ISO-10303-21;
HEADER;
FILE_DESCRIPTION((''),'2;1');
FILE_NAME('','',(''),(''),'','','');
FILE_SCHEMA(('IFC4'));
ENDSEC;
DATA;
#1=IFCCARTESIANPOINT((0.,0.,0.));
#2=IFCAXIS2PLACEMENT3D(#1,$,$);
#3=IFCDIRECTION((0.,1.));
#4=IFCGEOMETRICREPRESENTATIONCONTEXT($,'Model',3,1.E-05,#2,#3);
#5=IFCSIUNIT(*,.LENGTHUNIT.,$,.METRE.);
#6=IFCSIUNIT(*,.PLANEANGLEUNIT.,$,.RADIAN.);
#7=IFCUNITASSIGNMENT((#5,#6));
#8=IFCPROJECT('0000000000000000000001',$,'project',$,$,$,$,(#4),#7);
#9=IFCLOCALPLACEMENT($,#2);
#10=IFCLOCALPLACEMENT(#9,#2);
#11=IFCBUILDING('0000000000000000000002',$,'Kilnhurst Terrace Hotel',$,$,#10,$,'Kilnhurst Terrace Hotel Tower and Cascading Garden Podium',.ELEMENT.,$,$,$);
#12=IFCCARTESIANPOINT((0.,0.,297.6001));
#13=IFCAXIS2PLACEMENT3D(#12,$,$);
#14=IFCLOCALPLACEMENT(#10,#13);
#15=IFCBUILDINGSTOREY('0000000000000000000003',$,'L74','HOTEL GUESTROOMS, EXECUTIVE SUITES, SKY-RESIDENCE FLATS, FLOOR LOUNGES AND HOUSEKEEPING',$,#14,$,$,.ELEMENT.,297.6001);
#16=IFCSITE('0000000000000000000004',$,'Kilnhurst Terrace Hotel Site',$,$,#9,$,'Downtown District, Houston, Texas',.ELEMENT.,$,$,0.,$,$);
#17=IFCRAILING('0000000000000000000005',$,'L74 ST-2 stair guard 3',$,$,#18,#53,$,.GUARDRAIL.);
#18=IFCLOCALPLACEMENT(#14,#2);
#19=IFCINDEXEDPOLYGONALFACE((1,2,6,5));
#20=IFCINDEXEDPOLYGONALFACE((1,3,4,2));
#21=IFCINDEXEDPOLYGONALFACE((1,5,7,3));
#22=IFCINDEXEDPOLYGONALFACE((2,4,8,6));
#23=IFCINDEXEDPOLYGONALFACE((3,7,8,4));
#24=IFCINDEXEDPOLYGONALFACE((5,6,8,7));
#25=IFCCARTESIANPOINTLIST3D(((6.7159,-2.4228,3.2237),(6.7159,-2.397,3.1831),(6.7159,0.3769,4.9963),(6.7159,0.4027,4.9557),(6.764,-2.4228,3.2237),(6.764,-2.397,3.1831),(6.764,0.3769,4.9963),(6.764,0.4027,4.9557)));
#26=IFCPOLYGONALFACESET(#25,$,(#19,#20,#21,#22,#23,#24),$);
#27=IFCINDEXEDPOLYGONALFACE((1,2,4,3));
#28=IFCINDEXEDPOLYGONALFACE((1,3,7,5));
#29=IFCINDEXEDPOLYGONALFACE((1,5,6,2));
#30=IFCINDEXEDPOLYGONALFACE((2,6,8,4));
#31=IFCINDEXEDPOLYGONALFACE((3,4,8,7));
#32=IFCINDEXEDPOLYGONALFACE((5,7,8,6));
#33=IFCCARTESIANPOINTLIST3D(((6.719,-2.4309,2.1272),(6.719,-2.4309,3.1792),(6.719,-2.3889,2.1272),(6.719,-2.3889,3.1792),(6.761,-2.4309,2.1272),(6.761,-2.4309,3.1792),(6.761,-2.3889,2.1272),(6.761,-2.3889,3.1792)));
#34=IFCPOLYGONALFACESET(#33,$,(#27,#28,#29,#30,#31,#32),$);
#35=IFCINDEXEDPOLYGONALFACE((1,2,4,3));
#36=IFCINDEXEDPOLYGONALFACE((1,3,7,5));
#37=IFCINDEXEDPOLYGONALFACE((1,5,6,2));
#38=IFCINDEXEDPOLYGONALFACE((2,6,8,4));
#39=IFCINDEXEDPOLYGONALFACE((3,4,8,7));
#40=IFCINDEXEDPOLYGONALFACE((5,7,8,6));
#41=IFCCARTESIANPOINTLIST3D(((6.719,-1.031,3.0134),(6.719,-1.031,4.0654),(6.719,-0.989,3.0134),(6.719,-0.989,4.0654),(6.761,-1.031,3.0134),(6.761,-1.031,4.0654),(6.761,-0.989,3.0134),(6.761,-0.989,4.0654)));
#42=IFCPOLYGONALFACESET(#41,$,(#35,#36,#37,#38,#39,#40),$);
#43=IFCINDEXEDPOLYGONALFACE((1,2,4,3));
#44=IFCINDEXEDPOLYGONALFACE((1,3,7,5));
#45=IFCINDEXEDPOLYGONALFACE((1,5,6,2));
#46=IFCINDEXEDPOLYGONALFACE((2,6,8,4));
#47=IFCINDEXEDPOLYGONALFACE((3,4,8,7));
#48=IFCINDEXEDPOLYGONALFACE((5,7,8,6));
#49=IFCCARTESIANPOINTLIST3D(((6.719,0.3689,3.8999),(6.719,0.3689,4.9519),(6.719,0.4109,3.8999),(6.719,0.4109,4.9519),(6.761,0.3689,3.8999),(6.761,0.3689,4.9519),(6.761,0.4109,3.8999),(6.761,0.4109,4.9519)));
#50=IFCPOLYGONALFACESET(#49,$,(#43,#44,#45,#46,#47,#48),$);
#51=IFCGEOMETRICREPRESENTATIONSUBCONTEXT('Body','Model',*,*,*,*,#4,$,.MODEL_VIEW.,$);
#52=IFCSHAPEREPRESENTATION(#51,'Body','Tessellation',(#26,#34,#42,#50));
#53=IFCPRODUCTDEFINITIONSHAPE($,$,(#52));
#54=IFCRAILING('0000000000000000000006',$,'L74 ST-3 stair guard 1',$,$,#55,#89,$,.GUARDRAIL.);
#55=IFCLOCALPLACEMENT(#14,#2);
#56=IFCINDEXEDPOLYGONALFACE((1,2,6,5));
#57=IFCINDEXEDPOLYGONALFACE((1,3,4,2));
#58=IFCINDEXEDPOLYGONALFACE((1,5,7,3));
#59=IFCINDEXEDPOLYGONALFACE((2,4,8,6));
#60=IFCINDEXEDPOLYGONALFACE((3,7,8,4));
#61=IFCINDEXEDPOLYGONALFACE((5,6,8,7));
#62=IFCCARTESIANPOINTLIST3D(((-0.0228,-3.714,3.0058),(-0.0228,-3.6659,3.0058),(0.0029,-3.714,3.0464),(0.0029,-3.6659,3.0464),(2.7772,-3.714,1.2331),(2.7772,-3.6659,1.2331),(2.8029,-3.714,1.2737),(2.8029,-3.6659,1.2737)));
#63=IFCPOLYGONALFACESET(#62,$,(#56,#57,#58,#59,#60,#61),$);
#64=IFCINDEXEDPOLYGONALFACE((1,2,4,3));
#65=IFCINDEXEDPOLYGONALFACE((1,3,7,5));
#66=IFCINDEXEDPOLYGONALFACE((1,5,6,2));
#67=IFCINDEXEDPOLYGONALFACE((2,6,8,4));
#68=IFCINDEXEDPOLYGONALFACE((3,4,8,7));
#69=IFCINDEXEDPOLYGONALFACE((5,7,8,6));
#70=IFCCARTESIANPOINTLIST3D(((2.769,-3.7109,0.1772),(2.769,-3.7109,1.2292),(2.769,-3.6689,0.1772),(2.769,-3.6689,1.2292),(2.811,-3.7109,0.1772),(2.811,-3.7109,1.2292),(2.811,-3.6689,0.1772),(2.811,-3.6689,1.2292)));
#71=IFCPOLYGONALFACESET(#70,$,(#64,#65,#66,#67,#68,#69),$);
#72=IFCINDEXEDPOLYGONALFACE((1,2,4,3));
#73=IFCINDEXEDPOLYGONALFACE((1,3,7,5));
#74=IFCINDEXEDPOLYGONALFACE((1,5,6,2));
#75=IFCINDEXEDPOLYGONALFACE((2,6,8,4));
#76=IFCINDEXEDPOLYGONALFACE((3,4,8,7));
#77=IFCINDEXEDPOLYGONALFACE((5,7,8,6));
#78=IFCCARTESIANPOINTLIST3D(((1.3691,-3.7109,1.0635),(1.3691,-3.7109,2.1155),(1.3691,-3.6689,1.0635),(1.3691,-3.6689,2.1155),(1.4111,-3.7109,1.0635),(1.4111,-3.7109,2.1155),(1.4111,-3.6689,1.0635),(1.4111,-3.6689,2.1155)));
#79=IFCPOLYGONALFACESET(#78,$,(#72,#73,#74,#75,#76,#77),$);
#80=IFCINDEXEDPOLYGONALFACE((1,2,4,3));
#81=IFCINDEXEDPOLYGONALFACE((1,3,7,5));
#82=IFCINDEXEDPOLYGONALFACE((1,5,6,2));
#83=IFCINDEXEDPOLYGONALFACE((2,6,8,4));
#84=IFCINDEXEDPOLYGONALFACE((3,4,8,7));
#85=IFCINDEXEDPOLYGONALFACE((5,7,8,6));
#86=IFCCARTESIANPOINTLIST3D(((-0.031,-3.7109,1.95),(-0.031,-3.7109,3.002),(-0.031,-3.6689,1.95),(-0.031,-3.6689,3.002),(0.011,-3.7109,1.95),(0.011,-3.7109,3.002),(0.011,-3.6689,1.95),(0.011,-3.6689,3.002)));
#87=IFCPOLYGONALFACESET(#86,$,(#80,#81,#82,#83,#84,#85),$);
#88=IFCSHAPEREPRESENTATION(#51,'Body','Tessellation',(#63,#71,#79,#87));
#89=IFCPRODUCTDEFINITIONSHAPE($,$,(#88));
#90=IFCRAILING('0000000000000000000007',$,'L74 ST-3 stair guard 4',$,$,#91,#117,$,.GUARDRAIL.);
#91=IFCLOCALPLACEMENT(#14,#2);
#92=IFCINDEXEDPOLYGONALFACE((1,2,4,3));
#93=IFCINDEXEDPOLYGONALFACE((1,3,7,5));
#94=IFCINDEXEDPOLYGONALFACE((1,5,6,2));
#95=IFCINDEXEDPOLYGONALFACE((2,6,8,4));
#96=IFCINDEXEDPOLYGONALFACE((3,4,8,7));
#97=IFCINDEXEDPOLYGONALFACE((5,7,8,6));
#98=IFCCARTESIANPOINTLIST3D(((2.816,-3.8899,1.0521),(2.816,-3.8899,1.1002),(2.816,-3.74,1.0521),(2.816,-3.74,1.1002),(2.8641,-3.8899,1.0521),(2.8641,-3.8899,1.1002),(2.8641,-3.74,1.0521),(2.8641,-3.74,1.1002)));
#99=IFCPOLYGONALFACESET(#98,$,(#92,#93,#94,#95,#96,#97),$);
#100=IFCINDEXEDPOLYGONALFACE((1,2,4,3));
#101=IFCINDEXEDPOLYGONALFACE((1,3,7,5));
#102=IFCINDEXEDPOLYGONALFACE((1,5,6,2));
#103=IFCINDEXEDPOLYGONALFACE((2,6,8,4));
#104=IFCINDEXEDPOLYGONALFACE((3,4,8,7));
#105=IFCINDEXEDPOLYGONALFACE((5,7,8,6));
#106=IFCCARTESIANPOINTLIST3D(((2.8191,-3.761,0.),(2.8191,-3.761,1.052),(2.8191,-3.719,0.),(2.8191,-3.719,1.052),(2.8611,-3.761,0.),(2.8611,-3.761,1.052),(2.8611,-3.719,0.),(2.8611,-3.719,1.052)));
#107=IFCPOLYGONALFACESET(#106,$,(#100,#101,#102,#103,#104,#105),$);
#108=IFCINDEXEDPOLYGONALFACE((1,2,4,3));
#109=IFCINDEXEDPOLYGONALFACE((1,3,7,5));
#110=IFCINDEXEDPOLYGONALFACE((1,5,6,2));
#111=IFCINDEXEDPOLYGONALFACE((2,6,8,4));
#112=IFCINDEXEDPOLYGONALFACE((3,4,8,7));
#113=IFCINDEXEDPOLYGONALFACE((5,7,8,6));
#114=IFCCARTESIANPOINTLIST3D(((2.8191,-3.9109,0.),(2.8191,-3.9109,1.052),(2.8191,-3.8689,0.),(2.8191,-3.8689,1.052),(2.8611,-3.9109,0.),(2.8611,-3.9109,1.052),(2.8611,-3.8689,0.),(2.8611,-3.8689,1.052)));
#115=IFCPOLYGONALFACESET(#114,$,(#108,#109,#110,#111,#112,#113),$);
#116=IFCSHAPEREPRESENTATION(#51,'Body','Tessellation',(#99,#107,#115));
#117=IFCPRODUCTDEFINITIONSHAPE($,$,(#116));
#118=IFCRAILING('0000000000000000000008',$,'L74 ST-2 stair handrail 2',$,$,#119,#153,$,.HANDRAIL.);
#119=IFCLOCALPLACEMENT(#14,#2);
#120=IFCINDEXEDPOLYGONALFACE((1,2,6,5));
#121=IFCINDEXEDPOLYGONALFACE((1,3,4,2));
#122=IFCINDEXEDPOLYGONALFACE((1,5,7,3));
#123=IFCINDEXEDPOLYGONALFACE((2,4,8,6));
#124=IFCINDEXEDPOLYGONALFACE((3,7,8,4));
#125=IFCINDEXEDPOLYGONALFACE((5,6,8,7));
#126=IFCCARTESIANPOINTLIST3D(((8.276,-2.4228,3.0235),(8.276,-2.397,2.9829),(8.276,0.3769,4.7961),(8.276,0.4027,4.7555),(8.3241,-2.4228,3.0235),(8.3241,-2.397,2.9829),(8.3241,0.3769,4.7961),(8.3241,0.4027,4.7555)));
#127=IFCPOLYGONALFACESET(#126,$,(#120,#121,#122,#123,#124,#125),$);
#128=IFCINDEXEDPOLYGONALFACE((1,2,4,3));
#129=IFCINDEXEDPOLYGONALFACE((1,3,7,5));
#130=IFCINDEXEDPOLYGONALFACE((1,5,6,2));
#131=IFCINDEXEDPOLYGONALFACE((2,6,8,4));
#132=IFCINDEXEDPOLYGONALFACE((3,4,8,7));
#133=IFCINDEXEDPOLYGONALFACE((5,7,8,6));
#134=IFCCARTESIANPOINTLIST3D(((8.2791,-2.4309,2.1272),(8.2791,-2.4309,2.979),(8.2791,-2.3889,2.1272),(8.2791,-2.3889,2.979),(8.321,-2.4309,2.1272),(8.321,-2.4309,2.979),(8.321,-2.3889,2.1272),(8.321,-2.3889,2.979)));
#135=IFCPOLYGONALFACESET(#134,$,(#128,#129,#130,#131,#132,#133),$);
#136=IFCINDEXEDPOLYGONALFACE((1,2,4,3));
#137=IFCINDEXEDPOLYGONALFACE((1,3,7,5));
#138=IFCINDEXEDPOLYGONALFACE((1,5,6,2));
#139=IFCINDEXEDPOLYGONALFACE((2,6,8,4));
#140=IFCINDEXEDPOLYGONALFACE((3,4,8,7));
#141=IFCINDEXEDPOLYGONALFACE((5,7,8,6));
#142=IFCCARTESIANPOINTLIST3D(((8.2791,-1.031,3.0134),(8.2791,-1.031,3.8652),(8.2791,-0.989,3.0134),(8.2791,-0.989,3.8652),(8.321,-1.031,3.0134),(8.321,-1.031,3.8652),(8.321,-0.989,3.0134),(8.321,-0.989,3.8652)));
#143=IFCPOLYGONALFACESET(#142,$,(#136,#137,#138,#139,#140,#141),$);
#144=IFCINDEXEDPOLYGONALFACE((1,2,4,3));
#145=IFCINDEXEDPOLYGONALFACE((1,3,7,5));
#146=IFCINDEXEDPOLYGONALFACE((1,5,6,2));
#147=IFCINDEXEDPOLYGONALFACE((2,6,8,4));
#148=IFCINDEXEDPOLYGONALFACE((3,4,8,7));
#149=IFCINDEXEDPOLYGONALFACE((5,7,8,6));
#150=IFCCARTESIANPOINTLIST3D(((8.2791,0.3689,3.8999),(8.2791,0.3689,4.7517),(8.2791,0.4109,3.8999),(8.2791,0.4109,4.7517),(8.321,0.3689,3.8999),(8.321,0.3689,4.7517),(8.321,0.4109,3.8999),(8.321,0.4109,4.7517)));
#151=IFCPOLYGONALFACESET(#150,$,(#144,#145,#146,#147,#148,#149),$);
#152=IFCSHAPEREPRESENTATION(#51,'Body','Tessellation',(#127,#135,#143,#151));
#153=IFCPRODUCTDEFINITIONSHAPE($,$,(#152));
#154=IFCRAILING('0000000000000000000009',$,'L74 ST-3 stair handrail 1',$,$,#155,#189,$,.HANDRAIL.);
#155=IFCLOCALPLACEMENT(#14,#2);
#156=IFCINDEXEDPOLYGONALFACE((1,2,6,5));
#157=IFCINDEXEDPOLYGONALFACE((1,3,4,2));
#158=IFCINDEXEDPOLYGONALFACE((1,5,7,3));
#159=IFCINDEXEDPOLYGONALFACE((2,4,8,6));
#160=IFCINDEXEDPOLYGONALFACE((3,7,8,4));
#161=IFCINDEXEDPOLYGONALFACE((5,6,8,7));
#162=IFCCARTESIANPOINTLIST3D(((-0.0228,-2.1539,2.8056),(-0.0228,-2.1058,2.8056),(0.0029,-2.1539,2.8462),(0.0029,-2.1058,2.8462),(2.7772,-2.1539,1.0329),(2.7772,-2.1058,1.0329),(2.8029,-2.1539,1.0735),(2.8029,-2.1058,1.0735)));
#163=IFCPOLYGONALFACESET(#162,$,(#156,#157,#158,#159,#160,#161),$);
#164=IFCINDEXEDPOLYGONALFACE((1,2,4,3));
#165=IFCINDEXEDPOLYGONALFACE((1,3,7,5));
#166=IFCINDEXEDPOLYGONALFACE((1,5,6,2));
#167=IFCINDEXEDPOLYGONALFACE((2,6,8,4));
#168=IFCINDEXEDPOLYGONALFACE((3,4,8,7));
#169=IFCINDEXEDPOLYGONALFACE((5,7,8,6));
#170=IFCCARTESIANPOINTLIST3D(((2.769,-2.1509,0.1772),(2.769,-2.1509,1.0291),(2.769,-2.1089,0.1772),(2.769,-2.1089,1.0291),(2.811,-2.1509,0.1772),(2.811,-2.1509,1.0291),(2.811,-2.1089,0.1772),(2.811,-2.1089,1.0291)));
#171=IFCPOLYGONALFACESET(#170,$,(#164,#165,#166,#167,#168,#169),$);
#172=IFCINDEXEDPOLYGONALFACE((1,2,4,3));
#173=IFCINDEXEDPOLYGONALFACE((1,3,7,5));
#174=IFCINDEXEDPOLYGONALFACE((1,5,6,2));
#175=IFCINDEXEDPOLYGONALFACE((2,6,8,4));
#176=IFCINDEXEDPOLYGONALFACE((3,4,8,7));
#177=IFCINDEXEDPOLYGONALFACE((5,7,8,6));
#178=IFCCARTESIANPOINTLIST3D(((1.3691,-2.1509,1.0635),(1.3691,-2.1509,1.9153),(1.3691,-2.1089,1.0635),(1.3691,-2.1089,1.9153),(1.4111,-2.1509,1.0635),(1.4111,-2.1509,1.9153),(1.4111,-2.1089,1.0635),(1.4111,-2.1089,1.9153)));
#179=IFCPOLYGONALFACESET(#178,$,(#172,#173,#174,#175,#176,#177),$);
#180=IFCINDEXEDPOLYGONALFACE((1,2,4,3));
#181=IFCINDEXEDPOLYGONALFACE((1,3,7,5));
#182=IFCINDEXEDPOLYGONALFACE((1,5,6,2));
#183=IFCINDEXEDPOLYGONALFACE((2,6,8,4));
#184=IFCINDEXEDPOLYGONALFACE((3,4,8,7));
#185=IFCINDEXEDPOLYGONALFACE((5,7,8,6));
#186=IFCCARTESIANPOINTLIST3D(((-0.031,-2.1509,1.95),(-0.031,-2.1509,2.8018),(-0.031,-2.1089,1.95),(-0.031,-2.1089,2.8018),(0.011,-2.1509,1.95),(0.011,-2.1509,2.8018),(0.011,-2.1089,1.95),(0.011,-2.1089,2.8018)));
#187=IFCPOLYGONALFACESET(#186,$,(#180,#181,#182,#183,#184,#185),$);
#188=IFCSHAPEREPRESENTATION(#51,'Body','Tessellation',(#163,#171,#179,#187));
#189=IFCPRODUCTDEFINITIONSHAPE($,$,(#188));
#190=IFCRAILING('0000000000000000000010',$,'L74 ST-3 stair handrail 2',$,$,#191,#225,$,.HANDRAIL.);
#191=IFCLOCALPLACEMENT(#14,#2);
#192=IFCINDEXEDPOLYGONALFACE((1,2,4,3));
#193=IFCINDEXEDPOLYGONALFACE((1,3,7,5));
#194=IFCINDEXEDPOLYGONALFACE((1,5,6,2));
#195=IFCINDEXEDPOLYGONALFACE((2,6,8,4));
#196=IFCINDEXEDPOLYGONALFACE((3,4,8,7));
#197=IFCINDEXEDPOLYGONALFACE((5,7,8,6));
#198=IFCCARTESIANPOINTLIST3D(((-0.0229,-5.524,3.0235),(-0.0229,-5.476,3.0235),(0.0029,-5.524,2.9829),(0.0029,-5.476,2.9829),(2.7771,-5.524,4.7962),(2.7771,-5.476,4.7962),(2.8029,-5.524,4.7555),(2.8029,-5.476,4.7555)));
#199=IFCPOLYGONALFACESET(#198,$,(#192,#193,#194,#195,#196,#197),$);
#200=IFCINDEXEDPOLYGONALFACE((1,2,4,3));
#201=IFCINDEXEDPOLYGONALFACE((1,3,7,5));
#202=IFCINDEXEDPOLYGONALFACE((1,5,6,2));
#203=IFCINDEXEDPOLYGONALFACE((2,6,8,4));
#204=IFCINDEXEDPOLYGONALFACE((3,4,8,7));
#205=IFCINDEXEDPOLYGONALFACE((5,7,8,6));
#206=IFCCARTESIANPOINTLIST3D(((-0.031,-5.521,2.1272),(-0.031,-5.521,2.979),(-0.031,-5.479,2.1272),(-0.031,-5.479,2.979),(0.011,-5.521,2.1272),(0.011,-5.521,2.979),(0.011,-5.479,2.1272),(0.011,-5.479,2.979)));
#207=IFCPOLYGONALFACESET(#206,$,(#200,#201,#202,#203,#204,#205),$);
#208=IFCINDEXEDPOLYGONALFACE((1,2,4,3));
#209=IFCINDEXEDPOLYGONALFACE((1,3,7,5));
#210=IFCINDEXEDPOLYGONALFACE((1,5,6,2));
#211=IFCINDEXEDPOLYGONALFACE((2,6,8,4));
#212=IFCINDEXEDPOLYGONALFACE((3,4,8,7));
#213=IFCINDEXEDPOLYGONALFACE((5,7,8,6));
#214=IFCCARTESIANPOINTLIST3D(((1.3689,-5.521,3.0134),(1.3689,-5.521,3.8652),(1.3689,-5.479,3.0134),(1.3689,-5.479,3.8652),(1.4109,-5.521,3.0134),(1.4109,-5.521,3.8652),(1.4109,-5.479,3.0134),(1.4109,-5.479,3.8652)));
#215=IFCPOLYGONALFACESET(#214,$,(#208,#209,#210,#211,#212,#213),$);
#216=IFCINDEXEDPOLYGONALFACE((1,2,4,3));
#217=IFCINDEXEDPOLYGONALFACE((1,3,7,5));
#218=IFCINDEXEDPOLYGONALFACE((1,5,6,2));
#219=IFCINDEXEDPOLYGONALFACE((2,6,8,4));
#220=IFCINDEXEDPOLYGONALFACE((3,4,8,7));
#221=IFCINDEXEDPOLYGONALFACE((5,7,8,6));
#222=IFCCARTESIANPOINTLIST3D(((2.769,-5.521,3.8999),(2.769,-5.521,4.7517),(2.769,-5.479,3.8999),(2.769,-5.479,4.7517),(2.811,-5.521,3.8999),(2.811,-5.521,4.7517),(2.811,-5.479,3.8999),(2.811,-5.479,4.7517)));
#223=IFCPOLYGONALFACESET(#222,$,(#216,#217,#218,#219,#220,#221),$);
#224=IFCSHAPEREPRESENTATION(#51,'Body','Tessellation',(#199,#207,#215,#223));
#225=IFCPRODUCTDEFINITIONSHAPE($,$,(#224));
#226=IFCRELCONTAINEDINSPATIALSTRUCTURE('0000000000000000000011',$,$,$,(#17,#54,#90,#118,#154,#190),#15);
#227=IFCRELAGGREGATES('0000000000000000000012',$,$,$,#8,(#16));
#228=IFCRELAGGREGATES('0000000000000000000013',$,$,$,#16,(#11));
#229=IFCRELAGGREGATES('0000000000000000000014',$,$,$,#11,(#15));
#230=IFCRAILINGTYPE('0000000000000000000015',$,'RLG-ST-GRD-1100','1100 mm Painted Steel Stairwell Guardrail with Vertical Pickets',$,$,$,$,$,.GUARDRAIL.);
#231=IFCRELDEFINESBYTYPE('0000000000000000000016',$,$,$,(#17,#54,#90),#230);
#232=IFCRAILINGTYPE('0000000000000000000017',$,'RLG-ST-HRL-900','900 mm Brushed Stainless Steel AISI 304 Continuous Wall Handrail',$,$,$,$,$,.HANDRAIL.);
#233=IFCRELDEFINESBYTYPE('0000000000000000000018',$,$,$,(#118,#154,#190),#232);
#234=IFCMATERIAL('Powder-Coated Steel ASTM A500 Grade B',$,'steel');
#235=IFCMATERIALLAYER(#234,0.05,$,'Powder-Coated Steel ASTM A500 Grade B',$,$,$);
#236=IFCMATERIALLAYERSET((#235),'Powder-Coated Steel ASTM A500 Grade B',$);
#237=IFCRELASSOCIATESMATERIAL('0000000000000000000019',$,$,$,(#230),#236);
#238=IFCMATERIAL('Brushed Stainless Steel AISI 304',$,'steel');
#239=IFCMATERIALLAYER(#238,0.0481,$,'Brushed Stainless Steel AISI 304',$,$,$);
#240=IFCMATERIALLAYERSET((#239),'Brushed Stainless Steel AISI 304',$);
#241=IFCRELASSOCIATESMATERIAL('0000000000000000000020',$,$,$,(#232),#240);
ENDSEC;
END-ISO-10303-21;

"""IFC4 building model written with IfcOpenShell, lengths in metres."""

from ifc_helpers import new_model, si_unit, direction, frame, origin, origin_2d, place, context, subcontext, project, spatial, rectangle, extrude, material, layer, layer_set, type_object, element, save


model = new_model("IFC4")

# Units and contexts
model_context = context("Model", 3, precision=1e-05, world=origin(), true_north=direction((0.0, 1.0)))
body_context = subcontext(model_context, "Body", "Model", "MODEL_VIEW")
ifc_project = project(units=[si_unit("LENGTHUNIT", "METRE"), si_unit("PLANEANGLEUNIT", "RADIAN")], contexts=[model_context])

# Site, building, storey
site_placement = place(None, origin())
site = spatial("IfcSite", under=ifc_project, at=site_placement, Name="Kilnhurst Terrace Hotel Site", LongName="Downtown District, Houston, Texas", CompositionType="ELEMENT", RefElevation=0.0)
building_placement = place(site_placement, origin())
building = spatial("IfcBuilding", under=site, at=building_placement, Name="Kilnhurst Terrace Hotel", LongName="Kilnhurst Terrace Hotel Tower and Cascading Garden Podium", CompositionType="ELEMENT")
storey_placement = place(building_placement, frame((0.0, 0.0, 297.6001)))
storey = spatial("IfcBuildingStorey", under=building, at=storey_placement, Name="L74", Description="HOTEL GUESTROOMS, EXECUTIVE SUITES, SKY-RESIDENCE FLATS, FLOOR LOUNGES AND HOUSEKEEPING", CompositionType="ELEMENT", Elevation=297.6001)

# Railings
ifc_material_1 = material(Name="Powder-Coated Steel ASTM A500 Grade B", Category="steel")
ifc_layer_1 = layer(ifc_material_1, 0.05, Name="Powder-Coated Steel ASTM A500 Grade B")
ifc_layer_set_1 = layer_set([ifc_layer_1], Name="Powder-Coated Steel ASTM A500 Grade B")
railing_type_1 = type_object("IfcRailingType", Name="RLG-ST-GRD-1100", Description="1100 mm Painted Steel Stairwell Guardrail with Vertical Pickets", PredefinedType="GUARDRAIL", material=ifc_layer_set_1)
railing_1_placement = place(storey_placement, frame((6.74, -2.4099, 2.1272)))
element("IfcRailing", 1, at=railing_1_placement, inside=storey, type_object=railing_type_1, Name="L74 ST-2 stair guard 3", PredefinedType="GUARDRAIL", context=body_context, shape_type="SweptSolid", body=[
    extrude(rectangle(XDim=0.0481, YDim=0.0481, at=origin_2d()), frame((0.0, 0.0, 1.0762), z_axis=(0.0, 0.844888, 0.534943), x_axis=(-1.0, 0.0, 0.0)), (0.0, 0.0, 1.0), 3.3137),
    extrude(rectangle(XDim=0.042, YDim=0.042, at=origin_2d()), origin(), (0.0, 0.0, 1.0), 1.052),
    extrude(rectangle(XDim=0.042, YDim=0.042, at=origin_2d()), frame((0.0, 1.3999, 0.8862)), (0.0, 0.0, 1.0), 1.052),
    extrude(rectangle(XDim=0.042, YDim=0.042, at=origin_2d()), frame((0.0, 2.7998, 1.7727)), (0.0, 0.0, 1.0), 1.052),
])
railing_2_placement = place(storey_placement, frame((2.79, -3.6899, 0.1772)))
element("IfcRailing", 2, at=railing_2_placement, inside=storey, type_object=railing_type_1, Name="L74 ST-3 stair guard 1", PredefinedType="GUARDRAIL", context=body_context, shape_type="SweptSolid", body=[
    extrude(rectangle(XDim=0.0481, YDim=0.0481, at=origin_2d()), frame((0.0, 0.0, 1.0762), z_axis=(-0.844909, 0.0, 0.53491), x_axis=(0.0, -1.0, 0.0)), (0.0, 0.0, 1.0), 3.314),
    extrude(rectangle(XDim=0.042, YDim=0.042, at=origin_2d()), origin(), (0.0, 0.0, 1.0), 1.052),
    extrude(rectangle(XDim=0.042, YDim=0.042, at=origin_2d()), frame((-1.3999, 0.0, 0.8862)), (0.0, 0.0, 1.0), 1.052),
    extrude(rectangle(XDim=0.042, YDim=0.042, at=origin_2d()), frame((-2.8, 0.0, 1.7727)), (0.0, 0.0, 1.0), 1.052),
])
railing_3_placement = place(storey_placement, frame((2.8401, -3.74, 0.0)))
element("IfcRailing", 3, at=railing_3_placement, inside=storey, type_object=railing_type_1, Name="L74 ST-3 stair guard 4", PredefinedType="GUARDRAIL", context=body_context, shape_type="SweptSolid", body=[
    extrude(rectangle(XDim=0.0481, YDim=0.0481, at=origin_2d()), frame((0.0, 0.0, 1.0762), z_axis=(0.0, -1.0, 0.0), x_axis=(1.0, 0.0, 0.0)), (0.0, 0.0, 1.0), 0.1499),
    extrude(rectangle(XDim=0.042, YDim=0.042, at=origin_2d()), origin(), (0.0, 0.0, 1.0), 1.052),
    extrude(rectangle(XDim=0.042, YDim=0.042, at=origin_2d()), frame((0.0, -0.1499, 0.0)), (0.0, 0.0, 1.0), 1.052),
])
ifc_material_2 = material(Name="Brushed Stainless Steel AISI 304", Category="steel")
ifc_layer_2 = layer(ifc_material_2, 0.0481, Name="Brushed Stainless Steel AISI 304")
ifc_layer_set_2 = layer_set([ifc_layer_2], Name="Brushed Stainless Steel AISI 304")
railing_type_2 = type_object("IfcRailingType", Name="RLG-ST-HRL-900", Description="900 mm Brushed Stainless Steel AISI 304 Continuous Wall Handrail", PredefinedType="HANDRAIL", material=ifc_layer_set_2)
railing_4_placement = place(storey_placement, frame((8.3, -2.4099, 2.1272)))
element("IfcRailing", 4, at=railing_4_placement, inside=storey, type_object=railing_type_2, Name="L74 ST-2 stair handrail 2", PredefinedType="HANDRAIL", context=body_context, shape_type="SweptSolid", body=[
    extrude(rectangle(XDim=0.0481, YDim=0.0481, at=origin_2d()), frame((0.0, 0.0, 0.876), z_axis=(0.0, 0.844888, 0.534943), x_axis=(-1.0, 0.0, 0.0)), (0.0, 0.0, 1.0), 3.3137),
    extrude(rectangle(XDim=0.042, YDim=0.042, at=origin_2d()), origin(), (0.0, 0.0, 1.0), 0.8518),
    extrude(rectangle(XDim=0.042, YDim=0.042, at=origin_2d()), frame((0.0, 1.3999, 0.8862)), (0.0, 0.0, 1.0), 0.8518),
    extrude(rectangle(XDim=0.042, YDim=0.042, at=origin_2d()), frame((0.0, 2.7998, 1.7727)), (0.0, 0.0, 1.0), 0.8518),
])
railing_5_placement = place(storey_placement, frame((2.79, -2.1299, 0.1772)))
element("IfcRailing", 5, at=railing_5_placement, inside=storey, type_object=railing_type_2, Name="L74 ST-3 stair handrail 1", PredefinedType="HANDRAIL", context=body_context, shape_type="SweptSolid", body=[
    extrude(rectangle(XDim=0.0481, YDim=0.0481, at=origin_2d()), frame((0.0, 0.0, 0.876), z_axis=(-0.844909, 0.0, 0.53491), x_axis=(0.0, -1.0, 0.0)), (0.0, 0.0, 1.0), 3.314),
    extrude(rectangle(XDim=0.042, YDim=0.042, at=origin_2d()), origin(), (0.0, 0.0, 1.0), 0.8518),
    extrude(rectangle(XDim=0.042, YDim=0.042, at=origin_2d()), frame((-1.3999, 0.0, 0.8862)), (0.0, 0.0, 1.0), 0.8518),
    extrude(rectangle(XDim=0.042, YDim=0.042, at=origin_2d()), frame((-2.8, 0.0, 1.7727)), (0.0, 0.0, 1.0), 0.8518),
])
railing_6_placement = place(storey_placement, frame((-0.01, -5.5, 2.1272)))
element("IfcRailing", 6, at=railing_6_placement, inside=storey, type_object=railing_type_2, Name="L74 ST-3 stair handrail 2", PredefinedType="HANDRAIL", context=body_context, shape_type="SweptSolid", body=[
    extrude(rectangle(XDim=0.0481, YDim=0.0481, at=origin_2d()), frame((0.0, 0.0, 0.876), z_axis=(0.844909, 0.0, 0.53491), x_axis=(0.0, 1.0, 0.0)), (0.0, 0.0, 1.0), 3.314),
    extrude(rectangle(XDim=0.042, YDim=0.042, at=origin_2d()), origin(), (0.0, 0.0, 1.0), 0.8518),
    extrude(rectangle(XDim=0.042, YDim=0.042, at=origin_2d()), frame((1.3999, 0.0, 0.8862)), (0.0, 0.0, 1.0), 0.8518),
    extrude(rectangle(XDim=0.042, YDim=0.042, at=origin_2d()), frame((2.8, 0.0, 1.7727)), (0.0, 0.0, 1.0), 0.8518),
])

save(model, "model.ifc")
